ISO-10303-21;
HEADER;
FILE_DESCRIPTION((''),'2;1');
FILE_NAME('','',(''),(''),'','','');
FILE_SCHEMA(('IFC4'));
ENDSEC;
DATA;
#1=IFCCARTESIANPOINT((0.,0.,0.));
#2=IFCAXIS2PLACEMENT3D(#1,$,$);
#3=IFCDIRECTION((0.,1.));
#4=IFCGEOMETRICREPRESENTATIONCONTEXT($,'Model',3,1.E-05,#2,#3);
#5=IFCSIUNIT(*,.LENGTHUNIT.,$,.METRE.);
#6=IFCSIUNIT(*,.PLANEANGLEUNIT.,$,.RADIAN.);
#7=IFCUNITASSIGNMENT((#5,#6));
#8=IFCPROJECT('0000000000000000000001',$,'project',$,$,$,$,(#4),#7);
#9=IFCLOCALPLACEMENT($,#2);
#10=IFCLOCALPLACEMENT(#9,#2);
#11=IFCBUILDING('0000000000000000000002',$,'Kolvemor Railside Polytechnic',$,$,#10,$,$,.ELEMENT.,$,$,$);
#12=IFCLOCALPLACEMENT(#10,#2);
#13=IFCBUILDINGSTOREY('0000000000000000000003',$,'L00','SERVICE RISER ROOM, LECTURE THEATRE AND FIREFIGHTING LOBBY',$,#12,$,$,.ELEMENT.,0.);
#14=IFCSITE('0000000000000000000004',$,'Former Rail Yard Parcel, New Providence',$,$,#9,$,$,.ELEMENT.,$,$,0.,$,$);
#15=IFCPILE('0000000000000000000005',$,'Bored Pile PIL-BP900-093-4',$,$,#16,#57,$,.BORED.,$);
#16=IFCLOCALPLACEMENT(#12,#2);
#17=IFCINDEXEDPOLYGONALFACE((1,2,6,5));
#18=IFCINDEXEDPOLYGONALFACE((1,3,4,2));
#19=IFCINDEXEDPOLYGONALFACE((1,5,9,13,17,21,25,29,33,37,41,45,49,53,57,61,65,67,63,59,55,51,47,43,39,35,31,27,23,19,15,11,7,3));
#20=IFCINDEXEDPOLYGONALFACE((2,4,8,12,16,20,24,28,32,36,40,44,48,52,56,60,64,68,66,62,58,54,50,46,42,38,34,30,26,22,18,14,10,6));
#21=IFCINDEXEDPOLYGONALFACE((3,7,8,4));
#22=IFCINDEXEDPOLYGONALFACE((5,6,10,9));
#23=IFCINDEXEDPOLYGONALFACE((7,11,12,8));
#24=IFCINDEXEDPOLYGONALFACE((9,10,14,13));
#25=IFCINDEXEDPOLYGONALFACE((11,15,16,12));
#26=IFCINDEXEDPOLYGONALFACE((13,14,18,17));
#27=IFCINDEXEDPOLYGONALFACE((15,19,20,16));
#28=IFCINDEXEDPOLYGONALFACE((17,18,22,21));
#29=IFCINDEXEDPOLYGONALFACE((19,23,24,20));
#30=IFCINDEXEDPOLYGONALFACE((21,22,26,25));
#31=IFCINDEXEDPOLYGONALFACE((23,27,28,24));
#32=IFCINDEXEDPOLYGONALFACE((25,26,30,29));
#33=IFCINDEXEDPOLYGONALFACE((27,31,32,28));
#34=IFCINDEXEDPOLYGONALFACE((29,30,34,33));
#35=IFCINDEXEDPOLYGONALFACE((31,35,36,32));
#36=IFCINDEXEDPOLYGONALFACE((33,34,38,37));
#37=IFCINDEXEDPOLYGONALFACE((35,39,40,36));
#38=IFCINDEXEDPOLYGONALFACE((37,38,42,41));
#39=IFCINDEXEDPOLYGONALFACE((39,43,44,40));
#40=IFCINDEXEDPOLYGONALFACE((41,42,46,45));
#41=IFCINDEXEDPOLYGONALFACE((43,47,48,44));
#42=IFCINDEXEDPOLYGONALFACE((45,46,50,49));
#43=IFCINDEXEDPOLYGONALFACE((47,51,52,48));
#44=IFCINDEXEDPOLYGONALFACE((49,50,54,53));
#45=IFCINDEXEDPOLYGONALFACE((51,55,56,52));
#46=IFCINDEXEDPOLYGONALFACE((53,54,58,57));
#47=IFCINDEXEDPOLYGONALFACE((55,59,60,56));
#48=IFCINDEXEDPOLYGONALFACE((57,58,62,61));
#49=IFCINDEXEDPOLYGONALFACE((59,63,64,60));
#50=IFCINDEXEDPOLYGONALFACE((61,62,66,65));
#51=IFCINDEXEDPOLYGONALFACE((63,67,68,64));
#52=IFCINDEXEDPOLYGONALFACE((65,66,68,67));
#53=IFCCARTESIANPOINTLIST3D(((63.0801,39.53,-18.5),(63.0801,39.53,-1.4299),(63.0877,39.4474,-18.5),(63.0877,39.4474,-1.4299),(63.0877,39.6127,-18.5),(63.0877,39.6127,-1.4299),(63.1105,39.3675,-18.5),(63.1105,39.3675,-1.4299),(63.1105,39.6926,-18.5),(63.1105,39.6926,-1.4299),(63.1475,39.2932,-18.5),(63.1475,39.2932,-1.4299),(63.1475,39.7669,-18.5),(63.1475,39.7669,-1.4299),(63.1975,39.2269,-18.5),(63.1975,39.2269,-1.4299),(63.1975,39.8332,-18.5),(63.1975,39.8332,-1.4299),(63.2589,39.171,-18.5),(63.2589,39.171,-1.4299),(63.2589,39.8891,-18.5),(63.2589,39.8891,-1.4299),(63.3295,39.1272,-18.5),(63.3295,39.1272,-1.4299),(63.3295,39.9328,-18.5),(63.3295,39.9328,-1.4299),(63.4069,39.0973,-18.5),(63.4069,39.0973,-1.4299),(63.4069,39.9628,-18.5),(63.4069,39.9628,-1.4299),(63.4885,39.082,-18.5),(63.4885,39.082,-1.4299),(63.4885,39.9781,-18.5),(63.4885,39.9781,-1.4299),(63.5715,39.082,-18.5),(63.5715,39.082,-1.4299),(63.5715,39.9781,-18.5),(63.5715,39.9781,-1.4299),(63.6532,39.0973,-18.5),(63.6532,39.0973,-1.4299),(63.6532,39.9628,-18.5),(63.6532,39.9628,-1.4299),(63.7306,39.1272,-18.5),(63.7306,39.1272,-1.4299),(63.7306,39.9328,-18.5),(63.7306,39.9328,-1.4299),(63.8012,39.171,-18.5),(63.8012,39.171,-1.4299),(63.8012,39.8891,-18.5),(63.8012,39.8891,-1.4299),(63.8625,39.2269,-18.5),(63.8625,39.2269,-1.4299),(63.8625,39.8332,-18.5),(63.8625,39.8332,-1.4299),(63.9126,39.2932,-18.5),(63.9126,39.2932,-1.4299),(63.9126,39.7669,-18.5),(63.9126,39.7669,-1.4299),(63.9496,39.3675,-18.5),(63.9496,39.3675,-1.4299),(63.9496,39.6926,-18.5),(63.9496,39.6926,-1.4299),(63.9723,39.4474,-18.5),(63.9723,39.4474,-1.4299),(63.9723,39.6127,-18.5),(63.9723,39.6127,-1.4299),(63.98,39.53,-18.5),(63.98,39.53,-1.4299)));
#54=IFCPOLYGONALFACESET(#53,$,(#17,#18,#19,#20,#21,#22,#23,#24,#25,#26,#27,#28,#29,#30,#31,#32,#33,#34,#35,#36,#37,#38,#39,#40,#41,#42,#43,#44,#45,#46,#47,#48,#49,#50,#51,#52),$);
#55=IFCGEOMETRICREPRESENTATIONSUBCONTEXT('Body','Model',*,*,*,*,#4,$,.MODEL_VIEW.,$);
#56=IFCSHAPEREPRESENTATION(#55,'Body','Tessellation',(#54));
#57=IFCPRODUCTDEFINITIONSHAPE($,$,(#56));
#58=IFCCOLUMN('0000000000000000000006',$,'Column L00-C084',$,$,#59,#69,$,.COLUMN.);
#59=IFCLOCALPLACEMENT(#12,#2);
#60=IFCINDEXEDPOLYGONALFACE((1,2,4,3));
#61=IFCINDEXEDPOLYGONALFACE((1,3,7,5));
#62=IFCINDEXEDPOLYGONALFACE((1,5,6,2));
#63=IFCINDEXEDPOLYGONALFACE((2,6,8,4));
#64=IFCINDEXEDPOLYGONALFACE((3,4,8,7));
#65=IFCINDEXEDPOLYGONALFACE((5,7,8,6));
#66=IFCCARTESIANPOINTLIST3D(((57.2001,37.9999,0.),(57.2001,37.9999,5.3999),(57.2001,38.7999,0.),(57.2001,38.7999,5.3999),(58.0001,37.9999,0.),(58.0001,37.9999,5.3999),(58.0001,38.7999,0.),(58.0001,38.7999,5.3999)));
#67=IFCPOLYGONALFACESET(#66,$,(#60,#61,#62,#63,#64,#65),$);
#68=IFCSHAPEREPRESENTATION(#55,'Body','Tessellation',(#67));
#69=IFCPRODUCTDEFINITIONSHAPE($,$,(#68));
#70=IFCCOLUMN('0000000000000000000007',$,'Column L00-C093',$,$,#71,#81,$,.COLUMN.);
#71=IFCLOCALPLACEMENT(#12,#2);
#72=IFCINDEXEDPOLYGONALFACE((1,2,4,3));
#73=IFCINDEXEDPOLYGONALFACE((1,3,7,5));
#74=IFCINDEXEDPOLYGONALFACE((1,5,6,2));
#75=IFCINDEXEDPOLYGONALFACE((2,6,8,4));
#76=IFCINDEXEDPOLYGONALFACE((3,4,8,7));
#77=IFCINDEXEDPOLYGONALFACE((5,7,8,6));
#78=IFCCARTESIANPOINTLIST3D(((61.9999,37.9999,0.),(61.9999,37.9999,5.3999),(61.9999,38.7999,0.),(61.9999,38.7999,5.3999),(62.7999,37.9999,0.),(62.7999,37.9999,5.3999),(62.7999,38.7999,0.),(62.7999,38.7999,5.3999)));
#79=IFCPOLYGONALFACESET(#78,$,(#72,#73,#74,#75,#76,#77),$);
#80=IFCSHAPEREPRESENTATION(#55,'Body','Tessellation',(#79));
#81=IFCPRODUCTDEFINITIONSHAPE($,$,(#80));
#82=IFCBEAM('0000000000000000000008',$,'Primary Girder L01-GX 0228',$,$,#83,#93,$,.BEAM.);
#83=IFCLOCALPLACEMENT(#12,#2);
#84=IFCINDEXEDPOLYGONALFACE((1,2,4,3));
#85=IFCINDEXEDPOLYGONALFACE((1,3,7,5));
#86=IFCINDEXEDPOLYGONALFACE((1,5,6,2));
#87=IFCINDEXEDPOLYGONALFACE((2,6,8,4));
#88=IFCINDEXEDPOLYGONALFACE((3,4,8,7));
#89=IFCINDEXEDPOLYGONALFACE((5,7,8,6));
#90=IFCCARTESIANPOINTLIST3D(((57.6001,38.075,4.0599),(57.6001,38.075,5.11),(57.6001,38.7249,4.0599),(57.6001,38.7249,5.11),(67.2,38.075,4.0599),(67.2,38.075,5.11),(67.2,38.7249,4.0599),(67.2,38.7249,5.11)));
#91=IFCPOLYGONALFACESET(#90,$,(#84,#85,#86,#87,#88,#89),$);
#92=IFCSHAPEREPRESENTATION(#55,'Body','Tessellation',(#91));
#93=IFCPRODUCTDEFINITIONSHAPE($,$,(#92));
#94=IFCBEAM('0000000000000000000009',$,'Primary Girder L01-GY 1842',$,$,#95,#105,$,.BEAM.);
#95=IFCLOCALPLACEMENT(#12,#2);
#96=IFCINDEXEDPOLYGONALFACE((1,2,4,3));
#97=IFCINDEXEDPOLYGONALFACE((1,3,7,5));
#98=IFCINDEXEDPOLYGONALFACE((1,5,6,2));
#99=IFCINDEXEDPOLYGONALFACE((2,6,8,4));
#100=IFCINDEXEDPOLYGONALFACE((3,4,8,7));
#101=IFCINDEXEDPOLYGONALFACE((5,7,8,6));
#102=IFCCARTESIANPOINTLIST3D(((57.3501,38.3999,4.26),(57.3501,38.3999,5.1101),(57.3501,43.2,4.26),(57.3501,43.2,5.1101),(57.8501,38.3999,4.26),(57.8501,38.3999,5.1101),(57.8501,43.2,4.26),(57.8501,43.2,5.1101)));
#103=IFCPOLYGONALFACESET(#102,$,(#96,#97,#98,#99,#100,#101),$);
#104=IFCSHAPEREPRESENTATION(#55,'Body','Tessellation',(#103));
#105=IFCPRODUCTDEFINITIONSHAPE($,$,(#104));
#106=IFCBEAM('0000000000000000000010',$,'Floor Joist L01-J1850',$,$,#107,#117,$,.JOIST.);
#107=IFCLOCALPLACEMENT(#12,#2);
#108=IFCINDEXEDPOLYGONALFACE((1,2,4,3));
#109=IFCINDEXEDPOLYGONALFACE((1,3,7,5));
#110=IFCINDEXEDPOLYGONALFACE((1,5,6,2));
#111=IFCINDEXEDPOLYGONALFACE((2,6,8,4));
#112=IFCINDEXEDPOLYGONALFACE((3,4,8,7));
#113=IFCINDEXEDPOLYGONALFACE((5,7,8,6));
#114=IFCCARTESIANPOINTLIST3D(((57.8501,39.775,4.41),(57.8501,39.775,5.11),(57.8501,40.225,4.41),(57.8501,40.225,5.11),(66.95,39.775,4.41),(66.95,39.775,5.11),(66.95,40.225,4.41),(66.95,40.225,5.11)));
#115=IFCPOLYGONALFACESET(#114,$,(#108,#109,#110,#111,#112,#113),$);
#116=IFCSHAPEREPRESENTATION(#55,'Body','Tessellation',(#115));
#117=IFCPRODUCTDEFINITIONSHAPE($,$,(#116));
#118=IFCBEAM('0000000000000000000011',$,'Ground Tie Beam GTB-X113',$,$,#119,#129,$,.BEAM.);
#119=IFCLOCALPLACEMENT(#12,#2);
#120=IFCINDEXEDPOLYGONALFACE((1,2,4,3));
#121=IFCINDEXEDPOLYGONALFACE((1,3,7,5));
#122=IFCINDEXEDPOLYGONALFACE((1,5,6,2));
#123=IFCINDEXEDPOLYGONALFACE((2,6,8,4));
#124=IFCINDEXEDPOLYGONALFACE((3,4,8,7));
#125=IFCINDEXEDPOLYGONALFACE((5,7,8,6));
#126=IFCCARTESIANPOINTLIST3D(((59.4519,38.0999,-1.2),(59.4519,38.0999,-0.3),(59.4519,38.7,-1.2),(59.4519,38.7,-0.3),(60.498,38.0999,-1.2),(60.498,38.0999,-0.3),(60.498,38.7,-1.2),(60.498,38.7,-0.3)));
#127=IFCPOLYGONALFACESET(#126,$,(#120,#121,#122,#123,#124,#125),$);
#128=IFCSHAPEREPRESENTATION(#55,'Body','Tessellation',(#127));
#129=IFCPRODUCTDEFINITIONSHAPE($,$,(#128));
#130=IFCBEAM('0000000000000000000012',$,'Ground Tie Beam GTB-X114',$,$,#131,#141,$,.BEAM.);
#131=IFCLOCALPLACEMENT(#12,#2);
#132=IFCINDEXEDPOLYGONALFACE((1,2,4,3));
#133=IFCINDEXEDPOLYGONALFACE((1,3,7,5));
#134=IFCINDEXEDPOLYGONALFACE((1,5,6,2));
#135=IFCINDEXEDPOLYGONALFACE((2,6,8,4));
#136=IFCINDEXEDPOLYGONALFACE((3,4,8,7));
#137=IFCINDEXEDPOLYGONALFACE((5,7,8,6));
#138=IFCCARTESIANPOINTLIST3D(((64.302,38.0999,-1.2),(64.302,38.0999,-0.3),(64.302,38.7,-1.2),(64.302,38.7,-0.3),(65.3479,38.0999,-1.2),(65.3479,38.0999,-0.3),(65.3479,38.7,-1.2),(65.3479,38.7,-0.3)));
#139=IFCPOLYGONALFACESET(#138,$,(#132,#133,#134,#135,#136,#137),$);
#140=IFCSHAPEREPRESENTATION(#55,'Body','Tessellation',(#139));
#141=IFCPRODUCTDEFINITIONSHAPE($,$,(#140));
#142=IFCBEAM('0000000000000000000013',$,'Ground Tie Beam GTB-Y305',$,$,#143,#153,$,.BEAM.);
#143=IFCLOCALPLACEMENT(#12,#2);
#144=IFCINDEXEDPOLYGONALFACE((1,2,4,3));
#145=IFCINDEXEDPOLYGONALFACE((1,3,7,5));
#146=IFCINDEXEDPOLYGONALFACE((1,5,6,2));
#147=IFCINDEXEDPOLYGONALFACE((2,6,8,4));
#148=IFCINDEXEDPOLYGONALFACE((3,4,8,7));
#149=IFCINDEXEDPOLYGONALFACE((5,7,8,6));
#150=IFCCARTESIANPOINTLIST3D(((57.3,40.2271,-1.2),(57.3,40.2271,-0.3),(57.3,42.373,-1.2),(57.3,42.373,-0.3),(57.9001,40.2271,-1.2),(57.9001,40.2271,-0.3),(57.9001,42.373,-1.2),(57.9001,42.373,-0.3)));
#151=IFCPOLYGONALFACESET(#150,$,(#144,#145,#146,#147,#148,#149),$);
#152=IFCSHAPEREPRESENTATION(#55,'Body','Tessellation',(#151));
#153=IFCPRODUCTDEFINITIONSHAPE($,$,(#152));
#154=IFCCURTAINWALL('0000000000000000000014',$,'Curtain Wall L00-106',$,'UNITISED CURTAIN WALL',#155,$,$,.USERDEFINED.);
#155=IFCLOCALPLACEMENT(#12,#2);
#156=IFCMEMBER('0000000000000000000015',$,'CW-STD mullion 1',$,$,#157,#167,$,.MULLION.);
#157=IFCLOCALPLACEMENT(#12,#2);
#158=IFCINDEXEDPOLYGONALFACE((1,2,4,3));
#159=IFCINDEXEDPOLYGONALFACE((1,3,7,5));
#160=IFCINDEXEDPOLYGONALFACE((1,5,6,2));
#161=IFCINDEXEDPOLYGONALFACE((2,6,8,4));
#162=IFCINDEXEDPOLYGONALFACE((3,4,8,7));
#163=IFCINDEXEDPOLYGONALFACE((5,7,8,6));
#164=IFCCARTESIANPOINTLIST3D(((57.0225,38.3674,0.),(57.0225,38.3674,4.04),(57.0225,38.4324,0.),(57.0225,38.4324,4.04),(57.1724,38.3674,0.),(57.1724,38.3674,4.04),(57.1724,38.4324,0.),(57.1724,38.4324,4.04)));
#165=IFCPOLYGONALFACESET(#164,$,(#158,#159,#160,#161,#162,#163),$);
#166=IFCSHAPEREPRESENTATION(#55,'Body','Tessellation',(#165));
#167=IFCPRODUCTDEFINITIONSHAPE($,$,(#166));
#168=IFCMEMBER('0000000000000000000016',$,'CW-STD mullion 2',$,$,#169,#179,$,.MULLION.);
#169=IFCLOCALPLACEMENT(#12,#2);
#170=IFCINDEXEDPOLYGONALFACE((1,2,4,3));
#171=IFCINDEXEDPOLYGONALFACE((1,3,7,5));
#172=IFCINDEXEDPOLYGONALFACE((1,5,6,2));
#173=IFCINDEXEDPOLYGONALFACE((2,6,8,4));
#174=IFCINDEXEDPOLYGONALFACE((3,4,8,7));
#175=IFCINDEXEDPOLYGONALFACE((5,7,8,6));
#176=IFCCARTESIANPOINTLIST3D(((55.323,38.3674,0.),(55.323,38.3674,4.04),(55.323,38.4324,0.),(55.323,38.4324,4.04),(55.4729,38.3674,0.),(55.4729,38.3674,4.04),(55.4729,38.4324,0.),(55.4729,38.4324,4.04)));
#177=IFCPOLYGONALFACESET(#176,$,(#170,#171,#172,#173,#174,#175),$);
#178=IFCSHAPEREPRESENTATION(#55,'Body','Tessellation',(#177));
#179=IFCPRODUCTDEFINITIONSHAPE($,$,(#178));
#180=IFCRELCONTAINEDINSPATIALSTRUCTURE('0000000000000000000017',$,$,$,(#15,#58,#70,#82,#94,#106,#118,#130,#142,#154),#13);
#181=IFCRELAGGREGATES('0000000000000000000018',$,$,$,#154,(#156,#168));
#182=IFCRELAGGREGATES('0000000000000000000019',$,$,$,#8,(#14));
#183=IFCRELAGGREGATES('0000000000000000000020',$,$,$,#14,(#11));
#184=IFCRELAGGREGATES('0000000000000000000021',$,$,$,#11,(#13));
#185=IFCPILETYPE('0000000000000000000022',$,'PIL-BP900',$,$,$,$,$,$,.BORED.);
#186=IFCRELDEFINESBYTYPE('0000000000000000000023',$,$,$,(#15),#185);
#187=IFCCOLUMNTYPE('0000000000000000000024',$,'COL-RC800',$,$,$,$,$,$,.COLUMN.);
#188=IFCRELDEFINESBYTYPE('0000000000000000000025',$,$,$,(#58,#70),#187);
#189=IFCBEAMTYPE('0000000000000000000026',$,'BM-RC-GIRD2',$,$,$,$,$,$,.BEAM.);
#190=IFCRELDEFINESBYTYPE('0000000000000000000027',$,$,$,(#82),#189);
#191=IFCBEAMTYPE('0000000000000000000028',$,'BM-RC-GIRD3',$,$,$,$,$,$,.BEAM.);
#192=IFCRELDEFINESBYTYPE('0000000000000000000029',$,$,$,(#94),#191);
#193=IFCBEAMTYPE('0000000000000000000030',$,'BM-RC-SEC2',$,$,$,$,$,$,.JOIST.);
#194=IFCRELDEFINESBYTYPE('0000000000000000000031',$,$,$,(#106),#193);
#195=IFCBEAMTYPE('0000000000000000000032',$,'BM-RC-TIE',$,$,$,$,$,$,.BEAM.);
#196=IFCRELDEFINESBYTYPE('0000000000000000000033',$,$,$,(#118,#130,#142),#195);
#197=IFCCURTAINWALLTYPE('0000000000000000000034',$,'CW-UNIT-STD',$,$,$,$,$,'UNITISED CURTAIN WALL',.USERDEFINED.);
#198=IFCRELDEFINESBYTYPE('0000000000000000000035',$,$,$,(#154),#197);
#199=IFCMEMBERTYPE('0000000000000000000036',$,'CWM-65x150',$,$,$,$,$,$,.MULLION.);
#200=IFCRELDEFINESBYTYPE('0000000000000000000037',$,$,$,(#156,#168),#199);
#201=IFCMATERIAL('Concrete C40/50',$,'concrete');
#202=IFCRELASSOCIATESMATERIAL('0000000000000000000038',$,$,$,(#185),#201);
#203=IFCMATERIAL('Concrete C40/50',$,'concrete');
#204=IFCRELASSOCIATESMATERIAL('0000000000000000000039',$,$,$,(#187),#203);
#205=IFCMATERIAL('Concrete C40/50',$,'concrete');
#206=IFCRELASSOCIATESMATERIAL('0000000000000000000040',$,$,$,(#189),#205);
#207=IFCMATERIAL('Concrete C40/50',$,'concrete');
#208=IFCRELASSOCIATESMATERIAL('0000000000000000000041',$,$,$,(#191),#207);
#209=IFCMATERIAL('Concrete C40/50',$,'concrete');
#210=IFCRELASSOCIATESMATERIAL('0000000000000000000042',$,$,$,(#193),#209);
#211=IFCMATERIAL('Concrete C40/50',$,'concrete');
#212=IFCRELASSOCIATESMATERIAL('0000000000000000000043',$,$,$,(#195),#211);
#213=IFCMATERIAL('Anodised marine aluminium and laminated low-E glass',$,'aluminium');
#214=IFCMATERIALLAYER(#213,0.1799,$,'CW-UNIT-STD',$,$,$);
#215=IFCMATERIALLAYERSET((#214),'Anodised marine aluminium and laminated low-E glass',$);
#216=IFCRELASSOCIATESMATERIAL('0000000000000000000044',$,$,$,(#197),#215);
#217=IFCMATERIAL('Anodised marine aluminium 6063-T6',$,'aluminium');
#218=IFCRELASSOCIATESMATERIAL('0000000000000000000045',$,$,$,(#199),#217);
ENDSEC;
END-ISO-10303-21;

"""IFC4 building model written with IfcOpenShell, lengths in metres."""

from ifc_helpers import new_model, si_unit, direction, frame, origin, origin_2d, place, context, subcontext, project, spatial, rectangle, circle, extrude, material, layer, layer_set, material_profile, profile_set, type_object, element, aggregate, save


model = new_model("IFC4")

# Units and contexts
model_context = context("Model", 3, precision=1e-05, world=origin(), true_north=direction((0.0, 1.0)))
body_context = subcontext(model_context, "Body", "Model", "MODEL_VIEW")
ifc_project = project(units=[si_unit("LENGTHUNIT", "METRE"), si_unit("PLANEANGLEUNIT", "RADIAN")], contexts=[model_context])

# Site, building, storey
site_placement = place(None, origin())
site = spatial("IfcSite", under=ifc_project, at=site_placement, Name="Former Rail Yard Parcel, New Providence", CompositionType="ELEMENT", RefElevation=0.0)
building_placement = place(site_placement, origin())
building = spatial("IfcBuilding", under=site, at=building_placement, Name="Kolvemor Railside Polytechnic", CompositionType="ELEMENT")
storey_placement = place(building_placement, origin())
storey = spatial("IfcBuildingStorey", under=building, at=storey_placement, Name="L00", Description="SERVICE RISER ROOM, LECTURE THEATRE AND FIREFIGHTING LOBBY", CompositionType="ELEMENT", Elevation=0.0)

# Pile
ifc_material_1 = material(Name="Concrete C40/50", Category="concrete")
ifc_material_profile_1 = material_profile(ifc_material_1, circle(Radius=0.45, at=origin_2d()), Name="BP900")
ifc_profile_set_1 = profile_set([ifc_material_profile_1], Name="Concrete C40/50")
pile_type_1 = type_object("IfcPileType", Name="PIL-BP900", PredefinedType="BORED", material=ifc_profile_set_1)
for number, where, z_axis, x_axis, name in (
    (1, (63.53, 39.53, -1.4299), (0.0, 0.0, -1.0), (1.0, 0.0, 0.0), "Bored Pile PIL-BP900-093-4"),
):
    element("IfcPile", number, at=place(storey_placement, frame(where, z_axis=z_axis, x_axis=x_axis)), inside=storey, type_object=pile_type_1, Name=name, PredefinedType="BORED", context=body_context, shape_type="SweptSolid", body=[
        extrude(circle(Radius=0.45, at=origin_2d()), origin(), (0.0, 0.0, 1.0), 17.0701),
    ])

# Columns
ifc_material_2 = material(Name="Concrete C40/50", Category="concrete")
ifc_material_profile_2 = material_profile(ifc_material_2, rectangle(XDim=0.8, YDim=0.8, at=origin_2d()), Name="RC800x800")
ifc_profile_set_2 = profile_set([ifc_material_profile_2], Name="Concrete C40/50")
column_type = type_object("IfcColumnType", Name="COL-RC800", PredefinedType="COLUMN", material=ifc_profile_set_2)
for number, where, z_axis, x_axis, name in (
    (2, (57.6001, 38.3999, 0.0), (0.0, 0.0, 1.0), (1.0, 0.0, 0.0), "Column L00-C084"),
    (3, (62.3999, 38.3999, 0.0), (0.0, 0.0, 1.0), (1.0, 0.0, 0.0), "Column L00-C093"),
):
    element("IfcColumn", number, at=place(storey_placement, frame(where, z_axis=z_axis, x_axis=x_axis)), inside=storey, type_object=column_type, Name=name, PredefinedType="COLUMN", context=body_context, shape_type="SweptSolid", body=[
        extrude(rectangle(XDim=0.8, YDim=0.8, at=origin_2d()), origin(), (0.0, 0.0, 1.0), 5.3999),
    ])

# Beams
ifc_material_3 = material(Name="Concrete C40/50", Category="concrete")
ifc_material_profile_3 = material_profile(ifc_material_3, rectangle(XDim=0.6499, YDim=1.05, at=origin_2d()), Name="RC650x1050")
ifc_profile_set_3 = profile_set([ifc_material_profile_3], Name="Concrete C40/50")
beam_type_1 = type_object("IfcBeamType", Name="BM-RC-GIRD2", PredefinedType="BEAM", material=ifc_profile_set_3)
beam_1_placement = place(storey_placement, frame((57.6001, 38.3999, 4.585), z_axis=(1.0, 0.0, 0.0), x_axis=(0.0, 1.0, 0.0)))
element("IfcBeam", 4, at=beam_1_placement, inside=storey, type_object=beam_type_1, Name="Primary Girder L01-GX 0228", PredefinedType="BEAM", context=body_context, shape_type="SweptSolid", body=[
    extrude(rectangle(XDim=0.6499, YDim=1.05, at=origin_2d()), origin(), (0.0, 0.0, 1.0), 9.5999),
])
ifc_material_4 = material(Name="Concrete C40/50", Category="concrete")
ifc_material_profile_4 = material_profile(ifc_material_4, rectangle(XDim=0.5, YDim=0.8501, at=origin_2d()), Name="RC500x850")
ifc_profile_set_4 = profile_set([ifc_material_profile_4], Name="Concrete C40/50")
beam_type_2 = type_object("IfcBeamType", Name="BM-RC-GIRD3", PredefinedType="BEAM", material=ifc_profile_set_4)
beam_2_placement = place(storey_placement, frame((57.6001, 38.3999, 4.6851), z_axis=(0.0, 1.0, 0.0), x_axis=(-1.0, 0.0, 0.0)))
element("IfcBeam", 5, at=beam_2_placement, inside=storey, type_object=beam_type_2, Name="Primary Girder L01-GY 1842", PredefinedType="BEAM", context=body_context, shape_type="SweptSolid", body=[
    extrude(rectangle(XDim=0.5, YDim=0.8501, at=origin_2d()), origin(), (0.0, 0.0, 1.0), 4.8),
])
ifc_material_5 = material(Name="Concrete C40/50", Category="concrete")
ifc_material_profile_5 = material_profile(ifc_material_5, rectangle(XDim=0.45, YDim=0.7, at=origin_2d()), Name="RC450x700")
ifc_profile_set_5 = profile_set([ifc_material_profile_5], Name="Concrete C40/50")
beam_type_3 = type_object("IfcBeamType", Name="BM-RC-SEC2", PredefinedType="JOIST", material=ifc_profile_set_5)
beam_3_placement = place(storey_placement, frame((57.8501, 40.0, 4.76), z_axis=(1.0, 0.0, 0.0), x_axis=(0.0, 1.0, 0.0)))
element("IfcBeam", 6, at=beam_3_placement, inside=storey, type_object=beam_type_3, Name="Floor Joist L01-J1850", PredefinedType="JOIST", context=body_context, shape_type="SweptSolid", body=[
    extrude(rectangle(XDim=0.45, YDim=0.7, at=origin_2d()), origin(), (0.0, 0.0, 1.0), 9.0999),
])
ifc_material_6 = material(Name="Concrete C40/50", Category="concrete")
ifc_material_profile_6 = material_profile(ifc_material_6, rectangle(XDim=0.6001, YDim=0.8999, at=origin_2d()), Name="RC600x900")
ifc_profile_set_6 = profile_set([ifc_material_profile_6], Name="Concrete C40/50")
beam_type_4 = type_object("IfcBeamType", Name="BM-RC-TIE", PredefinedType="BEAM", material=ifc_profile_set_6)
beam_4_placement = place(storey_placement, frame((59.4519, 38.3999, -0.75), z_axis=(1.0, 0.0, 0.0), x_axis=(0.0, 1.0, 0.0)))
element("IfcBeam", 7, at=beam_4_placement, inside=storey, type_object=beam_type_4, Name="Ground Tie Beam GTB-X113", PredefinedType="BEAM", context=body_context, shape_type="SweptSolid", body=[
    extrude(rectangle(XDim=0.6001, YDim=0.8999, at=origin_2d()), origin(), (0.0, 0.0, 1.0), 1.0461),
])
beam_5_placement = place(storey_placement, frame((64.302, 38.3999, -0.75), z_axis=(1.0, 0.0, 0.0), x_axis=(0.0, 1.0, 0.0)))
element("IfcBeam", 8, at=beam_5_placement, inside=storey, type_object=beam_type_4, Name="Ground Tie Beam GTB-X114", PredefinedType="BEAM", context=body_context, shape_type="SweptSolid", body=[
    extrude(rectangle(XDim=0.6001, YDim=0.8999, at=origin_2d()), origin(), (0.0, 0.0, 1.0), 1.0459),
])
beam_6_placement = place(storey_placement, frame((57.6001, 40.2271, -0.75), z_axis=(0.0, 1.0, 0.0), x_axis=(-1.0, 0.0, 0.0)))
element("IfcBeam", 9, at=beam_6_placement, inside=storey, type_object=beam_type_4, Name="Ground Tie Beam GTB-Y305", PredefinedType="BEAM", context=body_context, shape_type="SweptSolid", body=[
    extrude(rectangle(XDim=0.6001, YDim=0.8999, at=origin_2d()), origin(), (0.0, 0.0, 1.0), 2.146),
])

# Curtain wall, members
ifc_material_7 = material(Name="Anodised marine aluminium and laminated low-E glass", Category="aluminium")
ifc_layer_1 = layer(ifc_material_7, 0.1799, Name="CW-UNIT-STD")
ifc_layer_set_1 = layer_set([ifc_layer_1], Name="Anodised marine aluminium and laminated low-E glass")
curtain_wall_type = type_object("IfcCurtainWallType", Name="CW-UNIT-STD", ElementType="UNITISED CURTAIN WALL", PredefinedType="USERDEFINED", material=ifc_layer_set_1)
curtain_wall_placement = place(storey_placement, origin())
curtain_wall = element("IfcCurtainWall", 10, at=curtain_wall_placement, inside=storey, type_object=curtain_wall_type, Name="Curtain Wall L00-106", ObjectType="UNITISED CURTAIN WALL", PredefinedType="USERDEFINED")
ifc_material_8 = material(Name="Anodised marine aluminium 6063-T6", Category="aluminium")
ifc_material_profile_7 = material_profile(ifc_material_8, rectangle(XDim=0.0649, YDim=0.1499, at=origin_2d()), Name="CW-MUL-65x150")
ifc_profile_set_7 = profile_set([ifc_material_profile_7], Name="Anodised marine aluminium 6063-T6")
member_type_1 = type_object("IfcMemberType", Name="CWM-65x150", PredefinedType="MULLION", material=ifc_profile_set_7)
member_1_placement = place(storey_placement, frame((57.0974, 38.3999, 0.0), z_axis=(0.0, 0.0, 1.0), x_axis=(0.0, -1.0, 0.0)))
member_1 = element("IfcMember", 11, at=member_1_placement, type_object=member_type_1, Name="CW-STD mullion 1", PredefinedType="MULLION", context=body_context, shape_type="SweptSolid", body=[
    extrude(rectangle(XDim=0.0649, YDim=0.1499, at=origin_2d()), origin(), (0.0, 0.0, 1.0), 4.04),
])
member_2_placement = place(storey_placement, frame((55.3979, 38.3999, 0.0), z_axis=(0.0, 0.0, 1.0), x_axis=(0.0, -1.0, 0.0)))
member_2 = element("IfcMember", 12, at=member_2_placement, type_object=member_type_1, Name="CW-STD mullion 2", PredefinedType="MULLION", context=body_context, shape_type="SweptSolid", body=[
    extrude(rectangle(XDim=0.0649, YDim=0.1499, at=origin_2d()), origin(), (0.0, 0.0, 1.0), 4.04),
])
aggregate(curtain_wall, [member_1, member_2])

save(model, "model.ifc")
